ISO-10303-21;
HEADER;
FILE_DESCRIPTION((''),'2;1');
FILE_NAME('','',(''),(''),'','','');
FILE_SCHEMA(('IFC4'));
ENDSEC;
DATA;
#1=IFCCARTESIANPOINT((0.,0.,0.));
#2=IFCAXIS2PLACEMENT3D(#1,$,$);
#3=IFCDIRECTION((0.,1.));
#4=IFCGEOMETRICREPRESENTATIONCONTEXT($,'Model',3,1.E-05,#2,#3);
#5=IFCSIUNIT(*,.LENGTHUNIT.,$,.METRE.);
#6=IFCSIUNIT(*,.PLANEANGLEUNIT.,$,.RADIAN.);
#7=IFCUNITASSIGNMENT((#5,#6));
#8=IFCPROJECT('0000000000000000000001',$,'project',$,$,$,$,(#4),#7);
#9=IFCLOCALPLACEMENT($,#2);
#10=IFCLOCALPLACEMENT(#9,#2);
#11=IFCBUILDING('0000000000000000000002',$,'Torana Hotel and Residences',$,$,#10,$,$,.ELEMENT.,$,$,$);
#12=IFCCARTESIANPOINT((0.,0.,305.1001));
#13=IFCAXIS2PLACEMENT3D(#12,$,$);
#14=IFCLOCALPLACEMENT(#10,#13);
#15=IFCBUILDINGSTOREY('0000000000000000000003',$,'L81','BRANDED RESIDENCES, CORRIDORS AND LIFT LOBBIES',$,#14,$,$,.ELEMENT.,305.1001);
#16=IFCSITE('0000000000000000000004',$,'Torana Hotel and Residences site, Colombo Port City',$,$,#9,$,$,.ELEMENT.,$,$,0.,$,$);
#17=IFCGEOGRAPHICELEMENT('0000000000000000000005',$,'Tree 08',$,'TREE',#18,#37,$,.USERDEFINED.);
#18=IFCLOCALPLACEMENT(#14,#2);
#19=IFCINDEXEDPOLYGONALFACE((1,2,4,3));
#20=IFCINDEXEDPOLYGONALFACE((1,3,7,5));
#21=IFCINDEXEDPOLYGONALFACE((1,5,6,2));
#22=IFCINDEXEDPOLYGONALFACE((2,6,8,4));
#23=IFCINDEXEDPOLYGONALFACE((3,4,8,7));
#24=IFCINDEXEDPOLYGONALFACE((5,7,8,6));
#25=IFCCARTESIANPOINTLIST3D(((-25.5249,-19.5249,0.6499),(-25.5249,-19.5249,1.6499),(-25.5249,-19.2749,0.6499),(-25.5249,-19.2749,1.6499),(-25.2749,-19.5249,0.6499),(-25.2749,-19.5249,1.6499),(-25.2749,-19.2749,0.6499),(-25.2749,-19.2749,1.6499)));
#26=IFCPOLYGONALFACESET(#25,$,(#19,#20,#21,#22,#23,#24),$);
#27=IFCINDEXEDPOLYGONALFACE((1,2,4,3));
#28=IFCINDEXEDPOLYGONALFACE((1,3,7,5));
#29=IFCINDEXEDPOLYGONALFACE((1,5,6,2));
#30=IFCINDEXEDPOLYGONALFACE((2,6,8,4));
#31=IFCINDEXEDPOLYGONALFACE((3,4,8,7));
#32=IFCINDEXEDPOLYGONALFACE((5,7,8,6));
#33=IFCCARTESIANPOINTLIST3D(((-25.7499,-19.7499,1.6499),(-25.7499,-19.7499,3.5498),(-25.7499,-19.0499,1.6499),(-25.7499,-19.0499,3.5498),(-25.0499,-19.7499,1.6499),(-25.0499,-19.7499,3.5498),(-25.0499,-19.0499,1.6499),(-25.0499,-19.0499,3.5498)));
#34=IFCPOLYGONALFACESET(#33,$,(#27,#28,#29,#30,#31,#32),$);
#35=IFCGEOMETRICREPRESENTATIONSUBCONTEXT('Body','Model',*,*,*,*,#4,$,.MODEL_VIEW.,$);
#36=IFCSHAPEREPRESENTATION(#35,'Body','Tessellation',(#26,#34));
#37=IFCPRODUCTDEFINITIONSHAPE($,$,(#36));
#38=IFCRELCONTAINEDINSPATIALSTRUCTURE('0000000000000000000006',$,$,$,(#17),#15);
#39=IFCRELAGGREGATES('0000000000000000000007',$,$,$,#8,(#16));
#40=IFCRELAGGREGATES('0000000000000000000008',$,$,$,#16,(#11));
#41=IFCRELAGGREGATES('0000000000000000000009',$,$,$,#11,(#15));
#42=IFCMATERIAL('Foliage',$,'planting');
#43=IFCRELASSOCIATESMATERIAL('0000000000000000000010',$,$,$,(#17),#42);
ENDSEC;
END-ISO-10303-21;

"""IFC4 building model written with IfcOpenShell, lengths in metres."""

from ifc_helpers import new_model, si_unit, direction, frame, origin, origin_2d, place, context, subcontext, project, spatial, rectangle, extrude, material, element, save


model = new_model("IFC4")

# Units and contexts
model_context = context("Model", 3, precision=1e-05, world=origin(), true_north=direction((0.0, 1.0)))
body_context = subcontext(model_context, "Body", "Model", "MODEL_VIEW")
ifc_project = project(units=[si_unit("LENGTHUNIT", "METRE"), si_unit("PLANEANGLEUNIT", "RADIAN")], contexts=[model_context])

# Site, building, storey
site_placement = place(None, origin())
site = spatial("IfcSite", under=ifc_project, at=site_placement, Name="Torana Hotel and Residences site, Colombo Port City", CompositionType="ELEMENT", RefElevation=0.0)
building_placement = place(site_placement, origin())
building = spatial("IfcBuilding", under=site, at=building_placement, Name="Torana Hotel and Residences", CompositionType="ELEMENT")
storey_placement = place(building_placement, frame((0.0, 0.0, 305.1001)))
storey = spatial("IfcBuildingStorey", under=building, at=storey_placement, Name="L81", Description="BRANDED RESIDENCES, CORRIDORS AND LIFT LOBBIES", CompositionType="ELEMENT", Elevation=305.1001)

# Geographic element
ifc_material_1 = material(Name="Foliage", Category="planting")
geographic_element_placement = place(storey_placement, frame((-25.3999, -19.3999, 0.6499), z_axis=(0.0, 0.0, 1.0), x_axis=(1.0, 0.0, 0.0)))
element("IfcGeographicElement", 1, at=geographic_element_placement, inside=storey, material=ifc_material_1, Name="Tree 08", ObjectType="TREE", PredefinedType="USERDEFINED", context=body_context, shape_type="SweptSolid", body=[
    extrude(rectangle(XDim=0.25, YDim=0.25, at=origin_2d()), origin(), (0.0, 0.0, 1.0), 1.0),
    extrude(rectangle(XDim=0.7, YDim=0.7, at=origin_2d()), frame((0.0, 0.0, 1.0)), (0.0, 0.0, 1.0), 1.8999),
])

save(model, "model.ifc")
